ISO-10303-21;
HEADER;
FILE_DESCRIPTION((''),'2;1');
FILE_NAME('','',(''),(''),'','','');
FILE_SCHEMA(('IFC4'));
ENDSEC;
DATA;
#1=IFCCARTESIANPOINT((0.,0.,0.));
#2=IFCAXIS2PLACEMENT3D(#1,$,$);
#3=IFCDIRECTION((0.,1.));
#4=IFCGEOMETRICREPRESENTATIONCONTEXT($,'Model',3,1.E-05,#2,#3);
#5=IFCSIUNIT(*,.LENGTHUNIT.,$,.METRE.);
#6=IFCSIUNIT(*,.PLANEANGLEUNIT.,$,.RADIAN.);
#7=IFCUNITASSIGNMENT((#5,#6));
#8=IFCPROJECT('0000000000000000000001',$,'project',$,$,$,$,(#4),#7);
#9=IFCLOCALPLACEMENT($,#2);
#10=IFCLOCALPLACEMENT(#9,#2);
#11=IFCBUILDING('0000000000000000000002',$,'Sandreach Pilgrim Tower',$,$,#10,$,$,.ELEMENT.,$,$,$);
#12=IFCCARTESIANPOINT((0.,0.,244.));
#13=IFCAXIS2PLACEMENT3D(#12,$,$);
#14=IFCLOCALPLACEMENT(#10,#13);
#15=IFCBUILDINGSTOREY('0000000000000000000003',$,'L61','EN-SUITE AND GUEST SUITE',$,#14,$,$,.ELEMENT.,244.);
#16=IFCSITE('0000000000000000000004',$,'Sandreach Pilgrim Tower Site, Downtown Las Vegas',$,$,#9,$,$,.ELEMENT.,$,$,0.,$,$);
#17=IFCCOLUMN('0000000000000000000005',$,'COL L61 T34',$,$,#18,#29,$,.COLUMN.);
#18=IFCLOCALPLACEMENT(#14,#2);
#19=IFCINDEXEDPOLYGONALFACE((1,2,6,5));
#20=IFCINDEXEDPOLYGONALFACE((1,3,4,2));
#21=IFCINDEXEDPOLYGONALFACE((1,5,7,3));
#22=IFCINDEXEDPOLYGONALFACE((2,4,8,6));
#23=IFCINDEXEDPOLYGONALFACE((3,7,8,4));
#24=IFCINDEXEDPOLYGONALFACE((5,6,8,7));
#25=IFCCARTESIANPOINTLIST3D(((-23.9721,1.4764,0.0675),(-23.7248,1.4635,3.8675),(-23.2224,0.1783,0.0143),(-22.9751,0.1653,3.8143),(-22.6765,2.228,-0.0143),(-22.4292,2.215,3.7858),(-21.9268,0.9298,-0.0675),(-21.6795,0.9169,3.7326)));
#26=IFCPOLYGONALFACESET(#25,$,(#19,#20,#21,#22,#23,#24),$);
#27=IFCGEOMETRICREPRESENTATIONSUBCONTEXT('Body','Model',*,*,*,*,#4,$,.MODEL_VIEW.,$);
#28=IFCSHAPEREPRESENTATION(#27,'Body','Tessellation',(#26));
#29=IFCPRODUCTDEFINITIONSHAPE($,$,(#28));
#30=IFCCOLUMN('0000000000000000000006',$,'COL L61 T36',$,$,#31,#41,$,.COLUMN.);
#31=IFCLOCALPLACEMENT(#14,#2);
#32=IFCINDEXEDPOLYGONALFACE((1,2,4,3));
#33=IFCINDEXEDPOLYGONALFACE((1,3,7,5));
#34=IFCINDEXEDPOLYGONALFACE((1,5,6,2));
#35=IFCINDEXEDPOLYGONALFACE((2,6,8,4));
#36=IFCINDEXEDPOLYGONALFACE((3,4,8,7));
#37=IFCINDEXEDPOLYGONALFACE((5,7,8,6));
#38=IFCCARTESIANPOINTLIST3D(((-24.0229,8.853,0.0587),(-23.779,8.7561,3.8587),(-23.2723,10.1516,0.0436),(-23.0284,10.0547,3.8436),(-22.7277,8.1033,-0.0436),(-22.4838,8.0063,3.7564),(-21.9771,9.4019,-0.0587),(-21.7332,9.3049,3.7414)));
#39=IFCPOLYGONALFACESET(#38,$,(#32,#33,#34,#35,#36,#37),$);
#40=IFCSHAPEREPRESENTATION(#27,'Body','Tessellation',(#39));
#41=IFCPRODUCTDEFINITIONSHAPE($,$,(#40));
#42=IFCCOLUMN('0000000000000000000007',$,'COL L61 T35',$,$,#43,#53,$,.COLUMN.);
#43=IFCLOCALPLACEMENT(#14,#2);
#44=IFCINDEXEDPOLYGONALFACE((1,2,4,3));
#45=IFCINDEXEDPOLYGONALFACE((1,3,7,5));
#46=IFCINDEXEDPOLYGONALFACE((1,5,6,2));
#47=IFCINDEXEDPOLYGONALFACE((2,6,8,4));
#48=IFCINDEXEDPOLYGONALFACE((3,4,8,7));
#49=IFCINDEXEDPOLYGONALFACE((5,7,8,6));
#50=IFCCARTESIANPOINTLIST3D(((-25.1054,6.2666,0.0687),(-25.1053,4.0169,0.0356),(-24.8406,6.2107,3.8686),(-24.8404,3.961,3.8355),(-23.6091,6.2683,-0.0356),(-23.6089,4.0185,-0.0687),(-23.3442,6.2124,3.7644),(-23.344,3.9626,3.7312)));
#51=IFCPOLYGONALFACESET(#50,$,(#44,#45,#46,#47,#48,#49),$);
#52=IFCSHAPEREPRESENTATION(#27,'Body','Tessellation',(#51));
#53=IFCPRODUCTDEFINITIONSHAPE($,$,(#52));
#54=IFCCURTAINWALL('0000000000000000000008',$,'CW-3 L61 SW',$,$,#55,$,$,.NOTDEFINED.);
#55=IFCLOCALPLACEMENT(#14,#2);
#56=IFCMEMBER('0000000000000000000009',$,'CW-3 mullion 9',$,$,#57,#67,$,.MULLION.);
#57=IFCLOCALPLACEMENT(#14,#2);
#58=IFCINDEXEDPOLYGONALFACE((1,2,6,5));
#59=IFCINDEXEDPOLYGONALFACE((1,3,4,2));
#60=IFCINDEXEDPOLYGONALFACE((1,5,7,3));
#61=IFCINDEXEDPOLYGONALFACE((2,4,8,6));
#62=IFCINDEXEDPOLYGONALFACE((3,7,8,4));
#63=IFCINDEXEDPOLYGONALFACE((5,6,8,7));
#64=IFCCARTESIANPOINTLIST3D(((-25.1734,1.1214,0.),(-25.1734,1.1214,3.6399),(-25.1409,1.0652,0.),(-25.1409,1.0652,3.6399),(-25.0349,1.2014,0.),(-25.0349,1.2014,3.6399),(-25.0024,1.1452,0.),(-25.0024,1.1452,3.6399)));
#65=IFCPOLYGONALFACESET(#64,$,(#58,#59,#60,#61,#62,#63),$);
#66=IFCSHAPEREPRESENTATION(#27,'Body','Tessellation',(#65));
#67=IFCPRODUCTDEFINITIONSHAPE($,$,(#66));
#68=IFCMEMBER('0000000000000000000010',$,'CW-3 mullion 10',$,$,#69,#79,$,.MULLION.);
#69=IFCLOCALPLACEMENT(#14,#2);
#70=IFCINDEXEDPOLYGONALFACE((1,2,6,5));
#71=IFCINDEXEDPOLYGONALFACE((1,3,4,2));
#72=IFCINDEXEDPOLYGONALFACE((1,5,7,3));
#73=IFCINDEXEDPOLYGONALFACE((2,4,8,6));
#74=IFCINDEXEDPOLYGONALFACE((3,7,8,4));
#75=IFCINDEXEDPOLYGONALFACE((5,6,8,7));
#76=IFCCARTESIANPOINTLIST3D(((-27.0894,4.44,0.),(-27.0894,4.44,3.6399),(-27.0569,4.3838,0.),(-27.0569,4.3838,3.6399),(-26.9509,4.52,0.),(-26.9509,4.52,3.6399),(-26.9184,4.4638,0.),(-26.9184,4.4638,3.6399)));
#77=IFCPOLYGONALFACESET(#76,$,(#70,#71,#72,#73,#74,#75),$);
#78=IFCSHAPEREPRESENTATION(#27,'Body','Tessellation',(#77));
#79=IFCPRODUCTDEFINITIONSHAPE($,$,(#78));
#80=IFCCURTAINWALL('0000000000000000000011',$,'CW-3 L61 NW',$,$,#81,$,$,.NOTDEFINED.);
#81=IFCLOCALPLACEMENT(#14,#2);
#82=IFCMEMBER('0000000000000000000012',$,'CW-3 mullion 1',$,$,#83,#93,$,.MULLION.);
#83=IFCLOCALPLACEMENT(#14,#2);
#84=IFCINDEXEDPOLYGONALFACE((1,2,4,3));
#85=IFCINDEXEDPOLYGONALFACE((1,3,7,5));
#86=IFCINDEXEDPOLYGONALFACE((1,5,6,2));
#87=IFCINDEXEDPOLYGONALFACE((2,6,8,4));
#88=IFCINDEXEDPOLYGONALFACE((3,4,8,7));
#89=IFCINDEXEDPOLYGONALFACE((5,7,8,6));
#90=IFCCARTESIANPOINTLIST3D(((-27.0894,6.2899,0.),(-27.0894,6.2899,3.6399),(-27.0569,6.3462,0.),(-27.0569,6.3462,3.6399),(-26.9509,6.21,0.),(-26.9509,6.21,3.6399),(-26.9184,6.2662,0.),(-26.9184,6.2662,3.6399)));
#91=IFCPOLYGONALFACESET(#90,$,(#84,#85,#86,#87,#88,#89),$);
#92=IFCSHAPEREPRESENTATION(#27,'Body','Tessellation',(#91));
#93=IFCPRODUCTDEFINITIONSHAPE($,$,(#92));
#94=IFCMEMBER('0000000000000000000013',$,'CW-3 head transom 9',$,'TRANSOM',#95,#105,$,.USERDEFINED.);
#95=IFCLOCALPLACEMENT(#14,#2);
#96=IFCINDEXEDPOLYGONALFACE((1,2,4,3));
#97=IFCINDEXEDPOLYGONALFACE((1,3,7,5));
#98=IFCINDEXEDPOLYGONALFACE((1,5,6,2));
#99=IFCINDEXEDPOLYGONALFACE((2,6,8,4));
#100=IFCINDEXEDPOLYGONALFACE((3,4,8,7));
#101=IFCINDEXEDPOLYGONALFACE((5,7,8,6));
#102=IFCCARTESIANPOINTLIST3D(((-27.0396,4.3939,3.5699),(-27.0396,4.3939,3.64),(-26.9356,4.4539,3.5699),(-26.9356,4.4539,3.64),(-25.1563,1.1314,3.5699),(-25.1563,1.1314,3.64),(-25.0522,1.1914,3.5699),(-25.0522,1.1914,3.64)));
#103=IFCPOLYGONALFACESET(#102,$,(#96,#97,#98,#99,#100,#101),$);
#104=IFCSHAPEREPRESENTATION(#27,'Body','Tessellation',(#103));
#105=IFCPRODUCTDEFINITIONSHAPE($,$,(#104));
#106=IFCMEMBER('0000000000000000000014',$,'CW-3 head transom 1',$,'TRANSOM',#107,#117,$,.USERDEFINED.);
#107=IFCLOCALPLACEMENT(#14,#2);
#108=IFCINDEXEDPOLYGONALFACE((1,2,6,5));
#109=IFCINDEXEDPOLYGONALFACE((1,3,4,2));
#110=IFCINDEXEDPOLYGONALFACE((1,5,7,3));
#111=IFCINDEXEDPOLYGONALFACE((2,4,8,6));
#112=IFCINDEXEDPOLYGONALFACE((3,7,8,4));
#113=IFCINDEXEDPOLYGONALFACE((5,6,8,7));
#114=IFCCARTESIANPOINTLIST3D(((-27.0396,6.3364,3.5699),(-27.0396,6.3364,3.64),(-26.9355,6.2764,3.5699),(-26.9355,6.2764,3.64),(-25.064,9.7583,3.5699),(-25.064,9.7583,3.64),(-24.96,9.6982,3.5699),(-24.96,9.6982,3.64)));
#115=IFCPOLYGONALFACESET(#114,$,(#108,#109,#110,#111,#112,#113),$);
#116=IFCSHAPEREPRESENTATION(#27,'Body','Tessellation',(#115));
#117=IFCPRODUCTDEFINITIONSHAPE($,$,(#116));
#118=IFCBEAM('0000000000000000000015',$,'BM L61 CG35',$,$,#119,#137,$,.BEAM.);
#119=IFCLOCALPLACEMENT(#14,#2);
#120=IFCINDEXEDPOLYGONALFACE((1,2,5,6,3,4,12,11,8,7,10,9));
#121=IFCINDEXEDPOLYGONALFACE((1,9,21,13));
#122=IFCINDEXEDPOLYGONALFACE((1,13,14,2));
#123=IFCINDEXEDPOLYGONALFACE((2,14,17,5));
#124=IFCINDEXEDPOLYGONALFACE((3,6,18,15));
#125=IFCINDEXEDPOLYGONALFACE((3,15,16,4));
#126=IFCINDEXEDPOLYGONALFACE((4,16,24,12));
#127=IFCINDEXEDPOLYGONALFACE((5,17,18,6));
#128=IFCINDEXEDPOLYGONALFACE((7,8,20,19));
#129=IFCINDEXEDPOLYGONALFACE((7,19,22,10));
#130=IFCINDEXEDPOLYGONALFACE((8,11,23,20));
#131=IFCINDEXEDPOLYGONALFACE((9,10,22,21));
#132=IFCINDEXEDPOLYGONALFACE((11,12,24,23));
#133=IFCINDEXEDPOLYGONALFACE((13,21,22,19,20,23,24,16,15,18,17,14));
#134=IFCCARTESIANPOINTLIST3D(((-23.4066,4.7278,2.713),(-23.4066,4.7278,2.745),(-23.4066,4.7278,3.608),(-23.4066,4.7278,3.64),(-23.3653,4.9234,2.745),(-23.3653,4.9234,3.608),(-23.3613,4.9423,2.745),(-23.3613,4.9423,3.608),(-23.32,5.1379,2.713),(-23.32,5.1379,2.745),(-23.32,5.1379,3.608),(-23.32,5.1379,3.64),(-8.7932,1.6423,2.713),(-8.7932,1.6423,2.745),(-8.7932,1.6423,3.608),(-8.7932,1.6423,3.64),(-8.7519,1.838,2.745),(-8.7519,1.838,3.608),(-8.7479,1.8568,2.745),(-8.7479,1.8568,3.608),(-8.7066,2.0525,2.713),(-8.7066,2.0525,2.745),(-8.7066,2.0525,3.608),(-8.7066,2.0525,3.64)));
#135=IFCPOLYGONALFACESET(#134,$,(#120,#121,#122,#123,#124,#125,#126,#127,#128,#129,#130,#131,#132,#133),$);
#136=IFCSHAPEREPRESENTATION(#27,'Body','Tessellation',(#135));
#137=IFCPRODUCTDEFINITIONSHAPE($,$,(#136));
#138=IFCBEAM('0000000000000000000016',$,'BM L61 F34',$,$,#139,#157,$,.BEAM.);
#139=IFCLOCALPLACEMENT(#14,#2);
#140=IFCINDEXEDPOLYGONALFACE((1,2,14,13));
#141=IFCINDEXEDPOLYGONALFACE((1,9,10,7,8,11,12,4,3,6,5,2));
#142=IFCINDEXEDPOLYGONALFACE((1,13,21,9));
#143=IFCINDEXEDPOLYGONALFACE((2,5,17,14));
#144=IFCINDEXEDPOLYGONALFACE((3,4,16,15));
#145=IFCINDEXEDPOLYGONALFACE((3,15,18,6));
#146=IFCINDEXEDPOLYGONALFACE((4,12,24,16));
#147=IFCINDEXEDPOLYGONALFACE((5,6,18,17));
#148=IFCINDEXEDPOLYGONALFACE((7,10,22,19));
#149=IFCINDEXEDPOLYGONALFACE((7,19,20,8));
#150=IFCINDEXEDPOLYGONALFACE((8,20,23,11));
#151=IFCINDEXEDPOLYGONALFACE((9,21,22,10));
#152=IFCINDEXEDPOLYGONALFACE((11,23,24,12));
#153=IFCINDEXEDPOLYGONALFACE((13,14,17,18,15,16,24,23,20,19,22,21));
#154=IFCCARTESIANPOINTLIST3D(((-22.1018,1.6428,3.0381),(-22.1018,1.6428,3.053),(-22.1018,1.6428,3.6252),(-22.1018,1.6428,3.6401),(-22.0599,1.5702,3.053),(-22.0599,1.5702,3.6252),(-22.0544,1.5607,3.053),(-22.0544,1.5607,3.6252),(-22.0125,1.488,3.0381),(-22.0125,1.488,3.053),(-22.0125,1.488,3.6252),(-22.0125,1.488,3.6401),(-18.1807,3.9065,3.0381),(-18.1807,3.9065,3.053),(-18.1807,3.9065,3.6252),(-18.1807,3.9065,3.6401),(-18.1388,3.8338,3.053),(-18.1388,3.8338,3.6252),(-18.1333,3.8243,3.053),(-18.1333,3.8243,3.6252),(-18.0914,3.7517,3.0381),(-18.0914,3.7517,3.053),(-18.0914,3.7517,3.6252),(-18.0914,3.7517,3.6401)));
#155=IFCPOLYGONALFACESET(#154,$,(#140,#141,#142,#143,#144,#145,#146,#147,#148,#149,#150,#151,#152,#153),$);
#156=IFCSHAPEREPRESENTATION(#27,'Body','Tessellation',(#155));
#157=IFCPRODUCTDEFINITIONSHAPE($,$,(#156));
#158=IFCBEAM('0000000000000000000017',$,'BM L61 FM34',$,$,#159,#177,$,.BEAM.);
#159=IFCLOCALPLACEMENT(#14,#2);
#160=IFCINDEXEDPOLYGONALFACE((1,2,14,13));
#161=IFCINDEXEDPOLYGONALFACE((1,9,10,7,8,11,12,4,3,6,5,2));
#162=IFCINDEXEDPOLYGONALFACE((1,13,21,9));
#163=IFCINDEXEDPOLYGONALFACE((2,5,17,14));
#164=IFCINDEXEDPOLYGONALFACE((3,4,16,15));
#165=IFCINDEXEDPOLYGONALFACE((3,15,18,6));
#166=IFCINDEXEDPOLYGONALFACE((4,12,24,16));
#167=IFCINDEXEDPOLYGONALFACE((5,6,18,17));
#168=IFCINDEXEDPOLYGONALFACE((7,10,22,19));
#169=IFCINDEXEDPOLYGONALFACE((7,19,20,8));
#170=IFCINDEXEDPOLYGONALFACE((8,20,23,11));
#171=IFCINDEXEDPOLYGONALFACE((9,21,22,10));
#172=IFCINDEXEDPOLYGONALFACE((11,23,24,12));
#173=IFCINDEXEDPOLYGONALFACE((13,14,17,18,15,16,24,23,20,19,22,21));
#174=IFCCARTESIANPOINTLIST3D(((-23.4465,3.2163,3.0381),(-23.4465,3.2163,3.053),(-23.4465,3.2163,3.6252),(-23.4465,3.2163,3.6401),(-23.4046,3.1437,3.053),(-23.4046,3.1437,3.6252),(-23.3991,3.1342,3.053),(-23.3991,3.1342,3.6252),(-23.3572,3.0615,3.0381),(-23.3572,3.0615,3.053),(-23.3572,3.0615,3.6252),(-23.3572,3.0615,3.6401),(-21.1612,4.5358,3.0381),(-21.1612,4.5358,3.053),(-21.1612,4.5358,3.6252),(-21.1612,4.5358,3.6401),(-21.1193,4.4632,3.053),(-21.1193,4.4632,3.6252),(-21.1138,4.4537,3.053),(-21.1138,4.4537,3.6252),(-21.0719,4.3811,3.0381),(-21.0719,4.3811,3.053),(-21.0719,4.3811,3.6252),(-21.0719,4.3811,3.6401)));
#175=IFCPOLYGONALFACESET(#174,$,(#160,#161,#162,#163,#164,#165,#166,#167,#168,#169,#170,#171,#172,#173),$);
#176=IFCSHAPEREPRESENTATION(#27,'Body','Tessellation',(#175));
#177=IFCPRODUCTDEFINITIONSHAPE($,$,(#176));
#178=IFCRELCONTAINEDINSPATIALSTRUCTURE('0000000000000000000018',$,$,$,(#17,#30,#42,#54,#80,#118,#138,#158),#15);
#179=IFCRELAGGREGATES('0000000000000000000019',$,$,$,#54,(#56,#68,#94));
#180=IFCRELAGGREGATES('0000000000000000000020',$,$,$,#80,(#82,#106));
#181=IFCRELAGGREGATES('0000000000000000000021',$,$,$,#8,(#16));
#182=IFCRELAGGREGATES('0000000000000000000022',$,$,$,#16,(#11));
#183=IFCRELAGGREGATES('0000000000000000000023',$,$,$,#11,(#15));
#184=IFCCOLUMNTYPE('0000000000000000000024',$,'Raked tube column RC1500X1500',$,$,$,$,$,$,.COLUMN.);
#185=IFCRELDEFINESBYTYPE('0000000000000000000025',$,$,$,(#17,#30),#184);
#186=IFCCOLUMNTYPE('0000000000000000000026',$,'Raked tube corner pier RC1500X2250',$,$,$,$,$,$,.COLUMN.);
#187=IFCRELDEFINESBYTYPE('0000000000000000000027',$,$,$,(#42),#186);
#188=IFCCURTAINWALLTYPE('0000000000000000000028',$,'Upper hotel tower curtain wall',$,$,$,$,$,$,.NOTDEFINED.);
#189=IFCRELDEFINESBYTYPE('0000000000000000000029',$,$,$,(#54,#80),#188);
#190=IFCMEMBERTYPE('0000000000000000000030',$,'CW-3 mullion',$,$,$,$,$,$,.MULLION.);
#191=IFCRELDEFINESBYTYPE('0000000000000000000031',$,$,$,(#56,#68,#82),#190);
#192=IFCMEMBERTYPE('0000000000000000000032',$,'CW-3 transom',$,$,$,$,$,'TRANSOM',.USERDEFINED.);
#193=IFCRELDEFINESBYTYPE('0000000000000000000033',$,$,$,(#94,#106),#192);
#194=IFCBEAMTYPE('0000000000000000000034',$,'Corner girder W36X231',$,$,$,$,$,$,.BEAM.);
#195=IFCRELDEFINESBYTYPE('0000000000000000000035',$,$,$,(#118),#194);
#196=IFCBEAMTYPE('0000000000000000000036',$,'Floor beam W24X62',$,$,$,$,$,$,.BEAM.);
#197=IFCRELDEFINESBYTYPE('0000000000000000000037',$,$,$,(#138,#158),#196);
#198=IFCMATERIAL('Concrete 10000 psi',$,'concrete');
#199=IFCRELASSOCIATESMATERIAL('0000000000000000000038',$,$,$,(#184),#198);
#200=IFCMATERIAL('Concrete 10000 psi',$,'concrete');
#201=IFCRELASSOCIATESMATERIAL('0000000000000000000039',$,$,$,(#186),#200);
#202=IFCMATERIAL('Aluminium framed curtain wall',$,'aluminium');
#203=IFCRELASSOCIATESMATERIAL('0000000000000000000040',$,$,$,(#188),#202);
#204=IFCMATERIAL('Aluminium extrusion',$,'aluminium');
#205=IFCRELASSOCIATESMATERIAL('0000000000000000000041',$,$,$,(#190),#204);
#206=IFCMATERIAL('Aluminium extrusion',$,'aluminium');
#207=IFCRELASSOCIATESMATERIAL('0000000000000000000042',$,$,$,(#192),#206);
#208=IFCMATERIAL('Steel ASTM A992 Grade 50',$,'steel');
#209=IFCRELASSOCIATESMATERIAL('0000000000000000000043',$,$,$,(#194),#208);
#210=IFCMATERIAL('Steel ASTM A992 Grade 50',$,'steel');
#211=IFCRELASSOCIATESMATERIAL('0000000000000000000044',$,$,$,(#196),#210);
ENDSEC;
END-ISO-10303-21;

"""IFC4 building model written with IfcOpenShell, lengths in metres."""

from ifc_helpers import new_model, si_unit, direction, frame, origin, origin_2d, place, context, subcontext, project, spatial, rectangle, i_section, extrude, material, material_profile, profile_set, type_object, element, aggregate, save


model = new_model("IFC4")

# Units and contexts
model_context = context("Model", 3, precision=1e-05, world=origin(), true_north=direction((0.0, 1.0)))
body_context = subcontext(model_context, "Body", "Model", "MODEL_VIEW")
ifc_project = project(units=[si_unit("LENGTHUNIT", "METRE"), si_unit("PLANEANGLEUNIT", "RADIAN")], contexts=[model_context])

# Site, building, storey
site_placement = place(None, origin())
site = spatial("IfcSite", under=ifc_project, at=site_placement, Name="Sandreach Pilgrim Tower Site, Downtown Las Vegas", CompositionType="ELEMENT", RefElevation=0.0)
building_placement = place(site_placement, origin())
building = spatial("IfcBuilding", under=site, at=building_placement, Name="Sandreach Pilgrim Tower", CompositionType="ELEMENT")
storey_placement = place(building_placement, frame((0.0, 0.0, 244.0)))
storey = spatial("IfcBuildingStorey", under=building, at=storey_placement, Name="L61", Description="EN-SUITE AND GUEST SUITE", CompositionType="ELEMENT", Elevation=244.0)

# Columns
ifc_material_1 = material(Name="Concrete 10000 psi", Category="concrete")
ifc_material_profile_1 = material_profile(ifc_material_1, rectangle(XDim=1.5, YDim=1.5, at=origin_2d()), Name="RC1500X1500")
ifc_profile_set_1 = profile_set([ifc_material_profile_1], Name="Concrete 10000 psi")
column_type_1 = type_object("IfcColumnType", Name="Raked tube column RC1500X1500", PredefinedType="COLUMN", material=ifc_profile_set_1)
column_1_placement = place(storey_placement, frame((-22.9495, 1.2031, 0.0), z_axis=(0.064944, -0.003398, 0.997883), x_axis=(-0.863717, -0.50102, 0.054506)))
element("IfcColumn", 1, at=column_1_placement, inside=storey, type_object=column_type_1, Name="COL L61 T34", PredefinedType="COLUMN", context=body_context, shape_type="SweptSolid", body=[
    extrude(rectangle(XDim=1.5, YDim=1.5, at=origin_2d()), origin(), (0.0, 0.0, 1.0), 3.8081),
])
column_2_placement = place(storey_placement, frame((-23.0, 9.1274, 0.0), z_axis=(0.06403, -0.025445, 0.997624), x_axis=(-0.86343, 0.499842, 0.068166)))
element("IfcColumn", 2, at=column_2_placement, inside=storey, type_object=column_type_1, Name="COL L61 T36", PredefinedType="COLUMN", context=body_context, shape_type="SweptSolid", body=[
    extrude(rectangle(XDim=1.5, YDim=1.5, at=origin_2d()), origin(), (0.0, 0.0, 1.0), 3.8091),
])
ifc_material_2 = material(Name="Concrete 10000 psi", Category="concrete")
ifc_material_profile_2 = material_profile(ifc_material_2, rectangle(XDim=1.5, YDim=2.25, at=origin_2d()), Name="RC1500X2250")
ifc_profile_set_2 = profile_set([ifc_material_profile_2], Name="Concrete 10000 psi")
column_type_2 = type_object("IfcColumnType", Name="Raked tube corner pier RC1500X2250", PredefinedType="COLUMN", material=ifc_profile_set_2)
column_3_placement = place(storey_placement, frame((-24.3572, 5.1426, 0.0), z_axis=(0.069531, -0.014675, 0.997472), x_axis=(-0.99758, -0.001093, 0.069523)))
element("IfcColumn", 3, at=column_3_placement, inside=storey, type_object=column_type_2, Name="COL L61 T35", PredefinedType="COLUMN", context=body_context, shape_type="SweptSolid", body=[
    extrude(rectangle(XDim=1.5, YDim=2.25, at=origin_2d()), origin(), (0.0, 0.0, 1.0), 3.8096),
])

# Curtain wall, members
ifc_material_3 = material(Name="Aluminium framed curtain wall", Category="aluminium")
curtain_wall_type = type_object("IfcCurtainWallType", Name="Upper hotel tower curtain wall", PredefinedType="NOTDEFINED", material=ifc_material_3)
curtain_wall_1_placement = place(storey_placement, origin())
curtain_wall_1 = element("IfcCurtainWall", 4, at=curtain_wall_1_placement, inside=storey, type_object=curtain_wall_type, Name="CW-3 L61 SW", PredefinedType="NOTDEFINED")
ifc_material_4 = material(Name="Aluminium extrusion", Category="aluminium")
ifc_material_profile_3 = material_profile(ifc_material_4, rectangle(XDim=0.0649, YDim=0.1599, at=origin_2d()), Name="CW-3M 65X160")
ifc_profile_set_3 = profile_set([ifc_material_profile_3], Name="Aluminium extrusion")
member_type_1 = type_object("IfcMemberType", Name="CW-3 mullion", PredefinedType="MULLION", material=ifc_profile_set_3)
member_1_placement = place(storey_placement, frame((-25.0879, 1.1333, 0.0), z_axis=(0.0, 0.0, 1.0), x_axis=(-0.5, 0.866025, 0.0)))
member_1 = element("IfcMember", 5, at=member_1_placement, type_object=member_type_1, Name="CW-3 mullion 9", PredefinedType="MULLION", context=body_context, shape_type="SweptSolid", body=[
    extrude(rectangle(XDim=0.0649, YDim=0.1599, at=origin_2d()), origin(), (0.0, 0.0, 1.0), 3.6399),
])
member_2_placement = place(storey_placement, frame((-27.0039, 4.4519, 0.0), z_axis=(0.0, 0.0, 1.0), x_axis=(-0.5, 0.866025, 0.0)))
member_2 = element("IfcMember", 6, at=member_2_placement, type_object=member_type_1, Name="CW-3 mullion 10", PredefinedType="MULLION", context=body_context, shape_type="SweptSolid", body=[
    extrude(rectangle(XDim=0.0649, YDim=0.1599, at=origin_2d()), origin(), (0.0, 0.0, 1.0), 3.6399),
])

# Curtain wall, member
curtain_wall_2_placement = place(storey_placement, origin())
curtain_wall_2 = element("IfcCurtainWall", 7, at=curtain_wall_2_placement, inside=storey, type_object=curtain_wall_type, Name="CW-3 L61 NW", PredefinedType="NOTDEFINED")
member_3_placement = place(storey_placement, frame((-27.0039, 6.2781, 0.0), z_axis=(0.0, 0.0, 1.0), x_axis=(0.5, 0.866025, 0.0)))
member_3 = element("IfcMember", 8, at=member_3_placement, type_object=member_type_1, Name="CW-3 mullion 1", PredefinedType="MULLION", context=body_context, shape_type="SweptSolid", body=[
    extrude(rectangle(XDim=0.0649, YDim=0.1599, at=origin_2d()), origin(), (0.0, 0.0, 1.0), 3.6399),
])

# Members
ifc_material_5 = material(Name="Aluminium extrusion", Category="aluminium")
ifc_material_profile_4 = material_profile(ifc_material_5, rectangle(XDim=0.1201, YDim=0.0701, at=origin_2d()), Name="CW-3T 120X70")
ifc_profile_set_4 = profile_set([ifc_material_profile_4], Name="Aluminium extrusion")
member_type_2 = type_object("IfcMemberType", Name="CW-3 transom", ElementType="TRANSOM", PredefinedType="USERDEFINED", material=ifc_profile_set_4)
member_4_placement = place(storey_placement, frame((-25.1042, 1.1614, 3.605), z_axis=(-0.499945, 0.866057, 0.0), x_axis=(-0.866057, -0.499945, 0.0)))
member_4 = element("IfcMember", 9, at=member_4_placement, type_object=member_type_2, Name="CW-3 head transom 9", ObjectType="TRANSOM", PredefinedType="USERDEFINED", context=body_context, shape_type="SweptSolid", body=[
    extrude(rectangle(XDim=0.1201, YDim=0.0701, at=origin_2d()), origin(), (0.0, 0.0, 1.0), 3.7671),
])
member_5_placement = place(storey_placement, frame((-26.9875, 6.3064, 3.605), z_axis=(0.499993, 0.866029, 0.0), x_axis=(-0.866029, 0.499993, 0.0)))
member_5 = element("IfcMember", 10, at=member_5_placement, type_object=member_type_2, Name="CW-3 head transom 1", ObjectType="TRANSOM", PredefinedType="USERDEFINED", context=body_context, shape_type="SweptSolid", body=[
    extrude(rectangle(XDim=0.1201, YDim=0.0701, at=origin_2d()), origin(), (0.0, 0.0, 1.0), 3.9512),
])

# Beams
ifc_material_6 = material(Name="Steel ASTM A992 Grade 50", Category="steel")
ifc_material_profile_5 = material_profile(ifc_material_6, i_section(OverallWidth=0.4192, OverallDepth=0.927, WebThickness=0.0193, FlangeThickness=0.032, at=origin_2d()), Name="W36X231")
ifc_profile_set_5 = profile_set([ifc_material_profile_5], Name="Steel ASTM A992 Grade 50")
beam_type_1 = type_object("IfcBeamType", Name="Corner girder W36X231", PredefinedType="BEAM", material=ifc_profile_set_5)
beam_1_placement = place(storey_placement, frame((-23.3633, 4.9329, 3.1765), z_axis=(0.978429, -0.206585, 0.0), x_axis=(0.206585, 0.978429, 0.0)))
element("IfcBeam", 11, at=beam_1_placement, inside=storey, type_object=beam_type_1, Name="BM L61 CG35", PredefinedType="BEAM", context=body_context, shape_type="SweptSolid", body=[
    extrude(i_section(OverallWidth=0.4192, OverallDepth=0.927, WebThickness=0.0193, FlangeThickness=0.032, at=origin_2d()), origin(), (0.0, 0.0, 1.0), 14.9355),
])
ifc_material_7 = material(Name="Steel ASTM A992 Grade 50", Category="steel")
ifc_material_profile_6 = material_profile(ifc_material_7, i_section(OverallWidth=0.1787, OverallDepth=0.6021, WebThickness=0.011, FlangeThickness=0.0149, at=origin_2d()), Name="W24X62")
ifc_profile_set_6 = profile_set([ifc_material_profile_6], Name="Steel ASTM A992 Grade 50")
beam_type_2 = type_object("IfcBeamType", Name="Floor beam W24X62", PredefinedType="BEAM", material=ifc_profile_set_6)
beam_2_placement = place(storey_placement, frame((-22.0571, 1.5654, 3.3391), z_axis=(0.866045, 0.499967, 0.0), x_axis=(-0.499967, 0.866045, 0.0)))
element("IfcBeam", 12, at=beam_2_placement, inside=storey, type_object=beam_type_2, Name="BM L61 F34", PredefinedType="BEAM", context=body_context, shape_type="SweptSolid", body=[
    extrude(i_section(OverallWidth=0.1787, OverallDepth=0.6021, WebThickness=0.011, FlangeThickness=0.0149, at=origin_2d()), origin(), (0.0, 0.0, 1.0), 4.5276),
])
beam_3_placement = place(storey_placement, frame((-23.4019, 3.1389, 3.3391), z_axis=(0.866008, 0.500029, 0.0), x_axis=(-0.500029, 0.866008, 0.0)))
element("IfcBeam", 13, at=beam_3_placement, inside=storey, type_object=beam_type_2, Name="BM L61 FM34", PredefinedType="BEAM", context=body_context, shape_type="SweptSolid", body=[
    extrude(i_section(OverallWidth=0.1787, OverallDepth=0.6021, WebThickness=0.011, FlangeThickness=0.0149, at=origin_2d()), origin(), (0.0, 0.0, 1.0), 2.6389),
])

aggregate(curtain_wall_1, [member_1, member_2, member_4])
aggregate(curtain_wall_2, [member_3, member_5])

save(model, "model.ifc")
